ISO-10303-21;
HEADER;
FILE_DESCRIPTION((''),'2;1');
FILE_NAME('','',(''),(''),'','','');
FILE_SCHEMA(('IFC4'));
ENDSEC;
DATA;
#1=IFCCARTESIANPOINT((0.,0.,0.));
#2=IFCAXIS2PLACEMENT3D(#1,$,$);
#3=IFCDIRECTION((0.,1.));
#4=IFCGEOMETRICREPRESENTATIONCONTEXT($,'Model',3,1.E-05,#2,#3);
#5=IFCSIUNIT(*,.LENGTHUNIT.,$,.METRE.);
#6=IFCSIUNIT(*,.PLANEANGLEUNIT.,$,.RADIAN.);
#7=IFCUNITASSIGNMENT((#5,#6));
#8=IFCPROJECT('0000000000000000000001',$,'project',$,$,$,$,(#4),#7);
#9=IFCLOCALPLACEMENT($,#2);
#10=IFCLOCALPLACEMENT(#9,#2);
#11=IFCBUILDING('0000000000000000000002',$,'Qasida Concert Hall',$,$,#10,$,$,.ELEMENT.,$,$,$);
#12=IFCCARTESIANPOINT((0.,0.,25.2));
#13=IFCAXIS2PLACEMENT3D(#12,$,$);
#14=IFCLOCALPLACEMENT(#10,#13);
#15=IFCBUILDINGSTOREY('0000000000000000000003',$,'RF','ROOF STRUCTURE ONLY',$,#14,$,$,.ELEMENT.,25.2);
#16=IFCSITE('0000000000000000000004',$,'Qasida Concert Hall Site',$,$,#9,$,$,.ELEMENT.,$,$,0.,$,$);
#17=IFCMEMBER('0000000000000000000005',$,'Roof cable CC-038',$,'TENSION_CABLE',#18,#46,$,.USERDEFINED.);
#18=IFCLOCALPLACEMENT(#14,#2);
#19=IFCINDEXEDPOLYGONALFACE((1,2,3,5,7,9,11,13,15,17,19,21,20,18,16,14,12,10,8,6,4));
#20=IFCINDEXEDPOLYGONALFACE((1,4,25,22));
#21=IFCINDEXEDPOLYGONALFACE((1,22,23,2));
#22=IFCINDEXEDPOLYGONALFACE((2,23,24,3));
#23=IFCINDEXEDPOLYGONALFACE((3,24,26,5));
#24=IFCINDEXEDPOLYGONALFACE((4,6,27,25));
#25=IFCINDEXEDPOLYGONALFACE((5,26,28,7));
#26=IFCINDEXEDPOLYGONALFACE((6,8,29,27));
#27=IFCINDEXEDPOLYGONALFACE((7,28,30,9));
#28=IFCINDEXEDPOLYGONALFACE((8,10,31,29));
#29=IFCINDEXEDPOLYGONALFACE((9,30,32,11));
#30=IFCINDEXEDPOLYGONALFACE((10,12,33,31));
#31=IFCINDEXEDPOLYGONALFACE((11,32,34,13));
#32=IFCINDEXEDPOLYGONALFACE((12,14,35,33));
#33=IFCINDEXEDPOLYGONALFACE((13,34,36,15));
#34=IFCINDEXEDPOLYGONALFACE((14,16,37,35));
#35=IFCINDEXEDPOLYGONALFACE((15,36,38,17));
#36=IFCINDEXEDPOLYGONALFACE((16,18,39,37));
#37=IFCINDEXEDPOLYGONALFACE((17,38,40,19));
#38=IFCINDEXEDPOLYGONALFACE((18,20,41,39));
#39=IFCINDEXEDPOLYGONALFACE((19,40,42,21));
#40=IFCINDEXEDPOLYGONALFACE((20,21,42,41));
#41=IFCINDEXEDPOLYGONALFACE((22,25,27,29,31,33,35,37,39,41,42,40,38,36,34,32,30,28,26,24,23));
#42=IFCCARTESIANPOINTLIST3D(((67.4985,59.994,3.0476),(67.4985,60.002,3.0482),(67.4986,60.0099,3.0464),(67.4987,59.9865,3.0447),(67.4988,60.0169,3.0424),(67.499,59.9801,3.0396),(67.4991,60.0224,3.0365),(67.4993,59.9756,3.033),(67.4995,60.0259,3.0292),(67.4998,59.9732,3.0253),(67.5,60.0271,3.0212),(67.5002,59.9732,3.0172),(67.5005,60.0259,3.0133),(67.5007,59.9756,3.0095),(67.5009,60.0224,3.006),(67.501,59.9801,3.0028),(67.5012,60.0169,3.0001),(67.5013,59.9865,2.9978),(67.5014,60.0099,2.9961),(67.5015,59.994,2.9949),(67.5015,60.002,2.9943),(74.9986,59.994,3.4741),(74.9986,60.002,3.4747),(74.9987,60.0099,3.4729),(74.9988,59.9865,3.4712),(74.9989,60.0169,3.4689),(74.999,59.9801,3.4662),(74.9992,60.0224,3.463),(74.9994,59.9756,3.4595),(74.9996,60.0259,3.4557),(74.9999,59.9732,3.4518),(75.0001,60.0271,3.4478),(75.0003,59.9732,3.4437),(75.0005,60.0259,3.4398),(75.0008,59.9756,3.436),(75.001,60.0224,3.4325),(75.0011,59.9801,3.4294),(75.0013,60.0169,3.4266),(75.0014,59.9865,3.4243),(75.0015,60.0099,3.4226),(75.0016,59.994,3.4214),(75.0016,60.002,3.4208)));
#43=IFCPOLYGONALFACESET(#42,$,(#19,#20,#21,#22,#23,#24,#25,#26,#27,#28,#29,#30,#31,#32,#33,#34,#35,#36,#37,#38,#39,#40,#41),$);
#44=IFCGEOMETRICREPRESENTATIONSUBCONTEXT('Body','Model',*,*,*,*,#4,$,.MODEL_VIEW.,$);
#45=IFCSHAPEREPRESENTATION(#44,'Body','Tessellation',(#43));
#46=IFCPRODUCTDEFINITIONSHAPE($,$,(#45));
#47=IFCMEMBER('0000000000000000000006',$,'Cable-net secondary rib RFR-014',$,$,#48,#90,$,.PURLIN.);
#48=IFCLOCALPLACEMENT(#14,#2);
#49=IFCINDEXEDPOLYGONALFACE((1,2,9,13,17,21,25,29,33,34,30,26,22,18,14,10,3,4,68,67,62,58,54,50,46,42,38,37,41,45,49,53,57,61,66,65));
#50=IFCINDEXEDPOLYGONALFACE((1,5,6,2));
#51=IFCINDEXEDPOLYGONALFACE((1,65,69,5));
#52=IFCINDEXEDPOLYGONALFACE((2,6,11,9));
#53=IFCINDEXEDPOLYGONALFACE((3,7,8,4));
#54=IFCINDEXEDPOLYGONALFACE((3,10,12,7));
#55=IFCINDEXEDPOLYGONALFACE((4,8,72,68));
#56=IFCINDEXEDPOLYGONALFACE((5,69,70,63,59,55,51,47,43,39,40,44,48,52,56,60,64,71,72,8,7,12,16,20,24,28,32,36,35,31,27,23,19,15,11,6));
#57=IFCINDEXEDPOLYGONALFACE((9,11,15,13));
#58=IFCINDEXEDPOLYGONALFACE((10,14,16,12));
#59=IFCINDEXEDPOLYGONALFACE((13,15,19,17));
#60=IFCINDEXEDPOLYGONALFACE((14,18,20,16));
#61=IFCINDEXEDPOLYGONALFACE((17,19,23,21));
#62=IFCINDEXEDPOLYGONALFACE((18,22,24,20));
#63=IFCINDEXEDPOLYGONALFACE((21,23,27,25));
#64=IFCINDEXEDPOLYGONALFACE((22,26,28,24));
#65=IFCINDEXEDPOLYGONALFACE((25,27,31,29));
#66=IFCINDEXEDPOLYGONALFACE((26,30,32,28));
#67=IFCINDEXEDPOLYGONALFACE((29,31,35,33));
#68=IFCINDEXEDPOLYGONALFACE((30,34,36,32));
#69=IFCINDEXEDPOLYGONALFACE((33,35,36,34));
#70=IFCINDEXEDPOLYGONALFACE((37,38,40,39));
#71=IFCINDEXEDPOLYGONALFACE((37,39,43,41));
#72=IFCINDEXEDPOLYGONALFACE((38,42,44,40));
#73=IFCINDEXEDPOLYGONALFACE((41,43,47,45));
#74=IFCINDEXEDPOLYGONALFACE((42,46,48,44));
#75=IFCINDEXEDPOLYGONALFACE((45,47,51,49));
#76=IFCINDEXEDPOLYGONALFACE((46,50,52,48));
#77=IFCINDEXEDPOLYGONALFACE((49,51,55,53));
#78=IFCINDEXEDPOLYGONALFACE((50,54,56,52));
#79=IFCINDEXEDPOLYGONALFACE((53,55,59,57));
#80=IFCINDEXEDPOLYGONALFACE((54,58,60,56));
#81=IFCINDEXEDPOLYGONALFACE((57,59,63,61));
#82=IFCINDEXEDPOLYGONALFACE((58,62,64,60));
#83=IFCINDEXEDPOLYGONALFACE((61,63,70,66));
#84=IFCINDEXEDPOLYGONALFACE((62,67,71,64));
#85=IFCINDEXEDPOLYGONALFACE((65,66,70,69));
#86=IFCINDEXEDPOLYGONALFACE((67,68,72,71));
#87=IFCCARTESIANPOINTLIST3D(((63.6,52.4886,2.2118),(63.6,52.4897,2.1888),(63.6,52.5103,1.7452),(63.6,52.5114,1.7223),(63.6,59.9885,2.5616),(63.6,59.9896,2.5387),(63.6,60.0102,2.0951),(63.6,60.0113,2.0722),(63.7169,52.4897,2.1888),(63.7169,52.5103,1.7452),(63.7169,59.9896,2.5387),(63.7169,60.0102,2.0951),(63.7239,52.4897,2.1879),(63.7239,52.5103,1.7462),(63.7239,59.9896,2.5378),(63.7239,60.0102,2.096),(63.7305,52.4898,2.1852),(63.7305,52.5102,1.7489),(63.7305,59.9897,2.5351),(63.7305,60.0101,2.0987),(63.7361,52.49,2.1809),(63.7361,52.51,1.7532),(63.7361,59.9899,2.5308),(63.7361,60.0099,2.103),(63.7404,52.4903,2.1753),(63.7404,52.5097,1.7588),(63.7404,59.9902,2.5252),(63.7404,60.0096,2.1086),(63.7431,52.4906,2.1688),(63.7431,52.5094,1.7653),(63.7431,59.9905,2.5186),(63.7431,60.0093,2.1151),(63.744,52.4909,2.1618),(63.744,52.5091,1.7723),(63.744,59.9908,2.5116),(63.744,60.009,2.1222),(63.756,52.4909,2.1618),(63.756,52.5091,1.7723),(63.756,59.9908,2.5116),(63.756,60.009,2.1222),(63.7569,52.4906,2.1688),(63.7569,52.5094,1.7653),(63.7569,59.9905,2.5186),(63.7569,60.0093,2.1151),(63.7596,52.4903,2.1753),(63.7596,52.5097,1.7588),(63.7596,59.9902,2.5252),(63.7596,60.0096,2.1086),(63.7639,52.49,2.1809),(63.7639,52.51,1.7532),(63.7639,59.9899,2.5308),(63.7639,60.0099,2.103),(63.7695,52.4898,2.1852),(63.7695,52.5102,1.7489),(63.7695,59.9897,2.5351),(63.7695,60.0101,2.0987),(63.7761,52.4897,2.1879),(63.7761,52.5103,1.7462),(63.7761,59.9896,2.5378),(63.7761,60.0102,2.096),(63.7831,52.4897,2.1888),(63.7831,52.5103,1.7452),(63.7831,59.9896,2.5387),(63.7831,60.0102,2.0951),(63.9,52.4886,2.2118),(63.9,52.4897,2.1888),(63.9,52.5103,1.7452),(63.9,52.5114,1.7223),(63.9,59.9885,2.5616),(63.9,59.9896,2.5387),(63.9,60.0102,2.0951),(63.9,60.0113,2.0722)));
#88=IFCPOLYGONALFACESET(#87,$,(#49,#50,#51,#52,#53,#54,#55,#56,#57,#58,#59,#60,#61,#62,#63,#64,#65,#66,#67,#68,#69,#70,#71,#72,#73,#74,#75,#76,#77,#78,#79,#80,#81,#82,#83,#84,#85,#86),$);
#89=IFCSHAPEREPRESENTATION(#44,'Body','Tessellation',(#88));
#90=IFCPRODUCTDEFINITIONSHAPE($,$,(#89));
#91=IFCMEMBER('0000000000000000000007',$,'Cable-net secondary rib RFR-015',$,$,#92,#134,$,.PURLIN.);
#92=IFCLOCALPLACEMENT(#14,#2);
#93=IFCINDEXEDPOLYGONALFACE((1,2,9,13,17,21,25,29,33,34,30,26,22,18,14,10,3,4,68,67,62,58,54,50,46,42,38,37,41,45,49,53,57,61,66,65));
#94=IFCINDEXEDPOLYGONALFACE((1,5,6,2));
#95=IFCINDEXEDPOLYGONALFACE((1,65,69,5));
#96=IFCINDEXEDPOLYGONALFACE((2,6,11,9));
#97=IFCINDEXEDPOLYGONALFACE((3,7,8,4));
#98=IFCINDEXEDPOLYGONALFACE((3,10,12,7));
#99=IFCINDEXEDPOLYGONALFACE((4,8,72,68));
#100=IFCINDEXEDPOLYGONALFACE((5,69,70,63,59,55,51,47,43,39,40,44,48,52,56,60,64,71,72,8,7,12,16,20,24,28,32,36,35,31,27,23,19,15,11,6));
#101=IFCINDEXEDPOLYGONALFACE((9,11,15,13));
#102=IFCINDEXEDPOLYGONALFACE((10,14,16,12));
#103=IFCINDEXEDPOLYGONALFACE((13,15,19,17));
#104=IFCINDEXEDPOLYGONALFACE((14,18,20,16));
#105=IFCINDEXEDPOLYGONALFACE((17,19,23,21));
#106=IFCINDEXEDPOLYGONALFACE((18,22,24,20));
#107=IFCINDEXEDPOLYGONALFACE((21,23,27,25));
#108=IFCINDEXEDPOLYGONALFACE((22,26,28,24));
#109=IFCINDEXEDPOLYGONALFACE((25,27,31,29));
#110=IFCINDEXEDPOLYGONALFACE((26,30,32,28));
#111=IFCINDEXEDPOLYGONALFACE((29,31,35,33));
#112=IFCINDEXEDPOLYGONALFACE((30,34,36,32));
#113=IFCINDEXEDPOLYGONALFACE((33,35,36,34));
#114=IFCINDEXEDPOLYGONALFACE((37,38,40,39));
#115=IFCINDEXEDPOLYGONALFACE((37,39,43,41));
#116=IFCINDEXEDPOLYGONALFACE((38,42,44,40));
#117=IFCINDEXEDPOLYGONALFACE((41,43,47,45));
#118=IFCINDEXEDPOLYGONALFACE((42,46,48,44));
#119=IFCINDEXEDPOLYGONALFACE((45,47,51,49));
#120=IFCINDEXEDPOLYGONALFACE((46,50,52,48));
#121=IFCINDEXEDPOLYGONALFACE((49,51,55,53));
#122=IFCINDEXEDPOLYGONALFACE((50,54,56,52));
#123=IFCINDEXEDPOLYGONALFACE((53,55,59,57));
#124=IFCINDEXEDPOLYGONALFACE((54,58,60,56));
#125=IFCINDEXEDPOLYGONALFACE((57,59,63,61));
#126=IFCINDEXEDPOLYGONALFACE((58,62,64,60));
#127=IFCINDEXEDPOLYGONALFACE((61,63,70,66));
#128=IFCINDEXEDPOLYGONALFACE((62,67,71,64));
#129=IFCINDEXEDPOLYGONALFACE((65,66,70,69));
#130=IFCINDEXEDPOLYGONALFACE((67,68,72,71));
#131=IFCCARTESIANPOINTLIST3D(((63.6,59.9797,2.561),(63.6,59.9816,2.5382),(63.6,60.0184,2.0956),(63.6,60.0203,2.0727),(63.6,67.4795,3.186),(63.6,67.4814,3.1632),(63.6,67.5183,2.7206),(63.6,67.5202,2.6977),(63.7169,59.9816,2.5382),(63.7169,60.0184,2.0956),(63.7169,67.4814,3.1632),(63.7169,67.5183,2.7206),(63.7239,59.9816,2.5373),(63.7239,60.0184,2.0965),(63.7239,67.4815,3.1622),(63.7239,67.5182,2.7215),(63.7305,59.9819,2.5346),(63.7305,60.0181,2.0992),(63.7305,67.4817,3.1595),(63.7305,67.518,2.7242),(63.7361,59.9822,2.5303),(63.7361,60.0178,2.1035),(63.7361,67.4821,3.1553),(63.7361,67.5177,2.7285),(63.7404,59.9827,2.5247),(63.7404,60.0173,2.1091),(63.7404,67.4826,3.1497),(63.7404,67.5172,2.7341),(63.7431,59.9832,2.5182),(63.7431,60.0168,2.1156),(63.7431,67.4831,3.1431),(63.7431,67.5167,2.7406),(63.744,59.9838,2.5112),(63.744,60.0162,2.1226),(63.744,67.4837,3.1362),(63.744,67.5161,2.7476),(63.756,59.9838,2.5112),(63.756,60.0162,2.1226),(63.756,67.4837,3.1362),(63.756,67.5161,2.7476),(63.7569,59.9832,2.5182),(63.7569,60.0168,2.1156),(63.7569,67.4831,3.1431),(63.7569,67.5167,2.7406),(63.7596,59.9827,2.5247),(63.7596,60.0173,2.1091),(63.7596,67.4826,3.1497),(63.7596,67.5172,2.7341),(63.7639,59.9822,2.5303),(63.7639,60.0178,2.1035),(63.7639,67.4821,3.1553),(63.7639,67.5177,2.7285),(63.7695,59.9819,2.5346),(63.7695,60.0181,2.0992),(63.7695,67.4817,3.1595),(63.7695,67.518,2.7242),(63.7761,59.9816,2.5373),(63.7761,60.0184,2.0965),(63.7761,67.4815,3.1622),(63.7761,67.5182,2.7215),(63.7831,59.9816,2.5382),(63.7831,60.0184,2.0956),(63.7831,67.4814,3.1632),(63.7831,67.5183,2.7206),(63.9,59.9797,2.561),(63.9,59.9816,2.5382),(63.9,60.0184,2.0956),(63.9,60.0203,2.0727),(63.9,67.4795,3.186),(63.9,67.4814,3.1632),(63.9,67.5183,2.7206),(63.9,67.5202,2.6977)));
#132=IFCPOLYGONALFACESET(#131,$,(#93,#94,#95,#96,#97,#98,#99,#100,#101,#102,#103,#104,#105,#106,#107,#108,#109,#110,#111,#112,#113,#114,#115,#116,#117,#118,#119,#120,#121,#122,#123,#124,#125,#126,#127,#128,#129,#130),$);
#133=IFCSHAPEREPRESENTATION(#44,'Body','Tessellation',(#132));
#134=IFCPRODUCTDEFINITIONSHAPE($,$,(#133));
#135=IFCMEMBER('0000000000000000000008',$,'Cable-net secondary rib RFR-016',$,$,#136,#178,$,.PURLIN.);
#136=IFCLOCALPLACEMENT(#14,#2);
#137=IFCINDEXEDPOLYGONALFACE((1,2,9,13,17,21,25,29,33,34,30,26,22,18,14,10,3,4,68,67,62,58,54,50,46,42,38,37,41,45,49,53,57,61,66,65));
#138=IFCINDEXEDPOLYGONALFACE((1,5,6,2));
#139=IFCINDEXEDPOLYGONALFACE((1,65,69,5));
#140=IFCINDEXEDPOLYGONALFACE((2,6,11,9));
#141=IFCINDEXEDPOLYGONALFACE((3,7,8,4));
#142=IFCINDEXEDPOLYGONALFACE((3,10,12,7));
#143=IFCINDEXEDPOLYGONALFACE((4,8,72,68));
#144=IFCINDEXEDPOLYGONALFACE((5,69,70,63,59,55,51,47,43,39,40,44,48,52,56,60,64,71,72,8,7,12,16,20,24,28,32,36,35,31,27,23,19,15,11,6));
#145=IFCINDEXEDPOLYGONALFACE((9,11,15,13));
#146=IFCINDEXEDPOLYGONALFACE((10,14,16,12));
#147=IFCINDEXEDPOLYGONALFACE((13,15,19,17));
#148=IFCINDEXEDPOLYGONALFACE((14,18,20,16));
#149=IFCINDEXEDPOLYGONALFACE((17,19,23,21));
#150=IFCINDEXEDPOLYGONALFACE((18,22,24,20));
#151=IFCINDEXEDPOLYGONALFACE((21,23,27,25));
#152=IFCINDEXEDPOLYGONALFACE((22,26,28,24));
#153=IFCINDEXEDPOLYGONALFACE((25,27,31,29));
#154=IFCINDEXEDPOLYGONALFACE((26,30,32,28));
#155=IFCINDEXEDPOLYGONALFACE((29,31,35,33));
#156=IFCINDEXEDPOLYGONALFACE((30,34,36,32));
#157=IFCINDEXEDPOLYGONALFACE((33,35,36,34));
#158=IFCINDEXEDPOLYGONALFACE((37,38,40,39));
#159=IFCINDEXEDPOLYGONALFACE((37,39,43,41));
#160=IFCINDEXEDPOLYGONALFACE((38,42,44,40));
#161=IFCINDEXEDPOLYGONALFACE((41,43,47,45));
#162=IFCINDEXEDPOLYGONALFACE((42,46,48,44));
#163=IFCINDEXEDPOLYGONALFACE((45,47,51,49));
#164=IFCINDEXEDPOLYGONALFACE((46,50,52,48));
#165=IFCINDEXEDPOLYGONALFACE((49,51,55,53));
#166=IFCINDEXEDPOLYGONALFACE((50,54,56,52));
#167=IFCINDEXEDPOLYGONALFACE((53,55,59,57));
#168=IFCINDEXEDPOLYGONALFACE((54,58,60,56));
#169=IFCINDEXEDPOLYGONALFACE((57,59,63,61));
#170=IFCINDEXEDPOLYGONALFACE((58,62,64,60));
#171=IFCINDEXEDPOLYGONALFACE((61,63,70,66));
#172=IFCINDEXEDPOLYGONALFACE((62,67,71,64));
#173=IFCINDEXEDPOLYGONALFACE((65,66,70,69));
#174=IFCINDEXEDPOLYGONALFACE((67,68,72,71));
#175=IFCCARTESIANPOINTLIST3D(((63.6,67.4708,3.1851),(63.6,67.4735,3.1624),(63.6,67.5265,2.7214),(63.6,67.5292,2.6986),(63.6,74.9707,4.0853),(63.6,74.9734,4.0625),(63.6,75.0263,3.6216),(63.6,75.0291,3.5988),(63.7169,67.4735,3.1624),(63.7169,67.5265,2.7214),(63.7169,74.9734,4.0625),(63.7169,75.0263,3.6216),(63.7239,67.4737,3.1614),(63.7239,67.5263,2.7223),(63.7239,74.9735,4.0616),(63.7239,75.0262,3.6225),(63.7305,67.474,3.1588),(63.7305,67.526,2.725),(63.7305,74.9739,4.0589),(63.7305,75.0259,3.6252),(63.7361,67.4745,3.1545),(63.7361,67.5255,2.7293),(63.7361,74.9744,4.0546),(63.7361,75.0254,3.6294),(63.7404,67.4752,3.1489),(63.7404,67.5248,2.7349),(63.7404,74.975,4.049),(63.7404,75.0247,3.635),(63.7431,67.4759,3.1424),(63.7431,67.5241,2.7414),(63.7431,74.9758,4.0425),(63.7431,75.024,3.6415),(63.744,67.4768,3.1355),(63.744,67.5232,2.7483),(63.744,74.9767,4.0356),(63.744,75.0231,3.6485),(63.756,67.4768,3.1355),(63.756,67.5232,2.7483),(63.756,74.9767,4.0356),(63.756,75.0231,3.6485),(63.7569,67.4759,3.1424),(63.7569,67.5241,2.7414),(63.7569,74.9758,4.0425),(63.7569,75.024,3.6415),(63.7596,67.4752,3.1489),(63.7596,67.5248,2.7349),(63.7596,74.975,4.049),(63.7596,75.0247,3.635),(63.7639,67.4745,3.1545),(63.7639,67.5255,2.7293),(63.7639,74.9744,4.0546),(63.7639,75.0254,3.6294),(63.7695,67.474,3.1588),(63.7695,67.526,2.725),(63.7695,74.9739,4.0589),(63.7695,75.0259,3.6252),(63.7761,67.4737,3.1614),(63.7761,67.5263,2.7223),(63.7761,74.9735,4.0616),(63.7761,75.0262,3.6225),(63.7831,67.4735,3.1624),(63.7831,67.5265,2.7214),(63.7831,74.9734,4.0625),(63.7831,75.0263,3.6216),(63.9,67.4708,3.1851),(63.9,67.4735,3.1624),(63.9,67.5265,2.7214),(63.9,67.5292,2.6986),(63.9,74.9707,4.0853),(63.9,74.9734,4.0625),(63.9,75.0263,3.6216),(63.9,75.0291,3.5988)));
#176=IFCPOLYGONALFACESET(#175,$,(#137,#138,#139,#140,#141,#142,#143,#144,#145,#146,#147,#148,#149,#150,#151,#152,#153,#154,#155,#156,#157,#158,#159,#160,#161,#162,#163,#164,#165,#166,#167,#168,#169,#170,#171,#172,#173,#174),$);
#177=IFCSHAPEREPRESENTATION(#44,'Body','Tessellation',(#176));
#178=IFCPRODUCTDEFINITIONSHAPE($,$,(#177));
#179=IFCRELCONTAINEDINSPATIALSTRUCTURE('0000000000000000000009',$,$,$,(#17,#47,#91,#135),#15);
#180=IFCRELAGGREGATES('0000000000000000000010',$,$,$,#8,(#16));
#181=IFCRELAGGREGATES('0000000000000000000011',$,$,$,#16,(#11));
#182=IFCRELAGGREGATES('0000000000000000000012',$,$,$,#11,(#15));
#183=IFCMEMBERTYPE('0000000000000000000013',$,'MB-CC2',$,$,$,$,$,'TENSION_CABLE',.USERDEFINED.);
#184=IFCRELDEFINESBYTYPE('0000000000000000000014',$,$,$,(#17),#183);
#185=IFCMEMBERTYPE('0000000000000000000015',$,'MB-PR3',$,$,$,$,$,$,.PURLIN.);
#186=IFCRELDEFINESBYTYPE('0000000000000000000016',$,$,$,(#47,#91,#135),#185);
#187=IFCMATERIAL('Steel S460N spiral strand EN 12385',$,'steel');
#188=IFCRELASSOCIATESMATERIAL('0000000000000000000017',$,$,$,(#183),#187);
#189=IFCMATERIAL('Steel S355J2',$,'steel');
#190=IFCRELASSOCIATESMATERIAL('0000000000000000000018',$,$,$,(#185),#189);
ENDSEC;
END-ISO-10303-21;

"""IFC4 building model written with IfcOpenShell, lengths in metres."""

from ifc_helpers import new_model, si_unit, direction, frame, origin, origin_2d, place, context, subcontext, project, spatial, circle, i_section, extrude, material, material_profile, profile_set, type_object, element, save


model = new_model("IFC4")

# Units and contexts
model_context = context("Model", 3, precision=1e-05, world=origin(), true_north=direction((0.0, 1.0)))
body_context = subcontext(model_context, "Body", "Model", "MODEL_VIEW")
ifc_project = project(units=[si_unit("LENGTHUNIT", "METRE"), si_unit("PLANEANGLEUNIT", "RADIAN")], contexts=[model_context])

# Site, building, storey
site_placement = place(None, origin())
site = spatial("IfcSite", under=ifc_project, at=site_placement, Name="Qasida Concert Hall Site", CompositionType="ELEMENT", RefElevation=0.0)
building_placement = place(site_placement, origin())
building = spatial("IfcBuilding", under=site, at=building_placement, Name="Qasida Concert Hall", CompositionType="ELEMENT")
storey_placement = place(building_placement, frame((0.0, 0.0, 25.2)))
storey = spatial("IfcBuildingStorey", under=building, at=storey_placement, Name="RF", Description="ROOF STRUCTURE ONLY", CompositionType="ELEMENT", Elevation=25.2)

# Members
ifc_material_1 = material(Name="Steel S460N spiral strand EN 12385", Category="steel")
ifc_material_profile_1 = material_profile(ifc_material_1, circle(Radius=0.0271, at=origin_2d()), Name="STRAND D54")
ifc_profile_set_1 = profile_set([ifc_material_profile_1], Name="Steel S460N spiral strand EN 12385")
member_type_1 = type_object("IfcMemberType", Name="MB-CC2", ElementType="TENSION_CABLE", PredefinedType="USERDEFINED", material=ifc_profile_set_1)
member_1_placement = place(storey_placement, frame((67.5, 60.0, 3.0212), z_axis=(0.998387, 0.0, 0.056777), x_axis=(0.0, 1.0, 0.0)))
element("IfcMember", 1, at=member_1_placement, inside=storey, type_object=member_type_1, Name="Roof cable CC-038", ObjectType="TENSION_CABLE", PredefinedType="USERDEFINED", context=body_context, shape_type="SweptSolid", body=[
    extrude(circle(Radius=0.0271, at=origin_2d()), origin(), (0.0, 0.0, 1.0), 7.5122),
])
ifc_material_2 = material(Name="Steel S355J2", Category="steel")
ifc_material_profile_2 = material_profile(ifc_material_2, i_section(OverallWidth=0.3, OverallDepth=0.49, WebThickness=0.012, FlangeThickness=0.0229, FilletRadius=0.0271, at=origin_2d()), Name="HEA 500")
ifc_profile_set_2 = profile_set([ifc_material_profile_2], Name="Steel S355J2")
member_type_2 = type_object("IfcMemberType", Name="MB-PR3", PredefinedType="PURLIN", material=ifc_profile_set_2)
member_2_placement = place(storey_placement, frame((63.75, 52.5, 1.967), z_axis=(0.0, 0.998914, 0.046596), x_axis=(-1.0, 0.0, 0.0)))
element("IfcMember", 2, at=member_2_placement, inside=storey, type_object=member_type_2, Name="Cable-net secondary rib RFR-014", PredefinedType="PURLIN", context=body_context, shape_type="SweptSolid", body=[
    extrude(i_section(OverallWidth=0.3, OverallDepth=0.49, WebThickness=0.012, FlangeThickness=0.0229, FilletRadius=0.0271, at=origin_2d()), origin(), (0.0, 0.0, 1.0), 7.5081),
])
member_3_placement = place(storey_placement, frame((63.75, 60.0, 2.3169), z_axis=(0.0, 0.996546, 0.083045), x_axis=(-1.0, 0.0, 0.0)))
element("IfcMember", 3, at=member_3_placement, inside=storey, type_object=member_type_2, Name="Cable-net secondary rib RFR-015", PredefinedType="PURLIN", context=body_context, shape_type="SweptSolid", body=[
    extrude(i_section(OverallWidth=0.3, OverallDepth=0.49, WebThickness=0.012, FlangeThickness=0.0229, FilletRadius=0.0271, at=origin_2d()), origin(), (0.0, 0.0, 1.0), 7.5259),
])
member_4_placement = place(storey_placement, frame((63.75, 67.5, 2.9419), z_axis=(0.0, 0.992875, 0.119164), x_axis=(-1.0, 0.0, 0.0)))
element("IfcMember", 4, at=member_4_placement, inside=storey, type_object=member_type_2, Name="Cable-net secondary rib RFR-016", PredefinedType="PURLIN", context=body_context, shape_type="SweptSolid", body=[
    extrude(i_section(OverallWidth=0.3, OverallDepth=0.49, WebThickness=0.012, FlangeThickness=0.0229, FilletRadius=0.0271, at=origin_2d()), origin(), (0.0, 0.0, 1.0), 7.5537),
])

save(model, "model.ifc")
